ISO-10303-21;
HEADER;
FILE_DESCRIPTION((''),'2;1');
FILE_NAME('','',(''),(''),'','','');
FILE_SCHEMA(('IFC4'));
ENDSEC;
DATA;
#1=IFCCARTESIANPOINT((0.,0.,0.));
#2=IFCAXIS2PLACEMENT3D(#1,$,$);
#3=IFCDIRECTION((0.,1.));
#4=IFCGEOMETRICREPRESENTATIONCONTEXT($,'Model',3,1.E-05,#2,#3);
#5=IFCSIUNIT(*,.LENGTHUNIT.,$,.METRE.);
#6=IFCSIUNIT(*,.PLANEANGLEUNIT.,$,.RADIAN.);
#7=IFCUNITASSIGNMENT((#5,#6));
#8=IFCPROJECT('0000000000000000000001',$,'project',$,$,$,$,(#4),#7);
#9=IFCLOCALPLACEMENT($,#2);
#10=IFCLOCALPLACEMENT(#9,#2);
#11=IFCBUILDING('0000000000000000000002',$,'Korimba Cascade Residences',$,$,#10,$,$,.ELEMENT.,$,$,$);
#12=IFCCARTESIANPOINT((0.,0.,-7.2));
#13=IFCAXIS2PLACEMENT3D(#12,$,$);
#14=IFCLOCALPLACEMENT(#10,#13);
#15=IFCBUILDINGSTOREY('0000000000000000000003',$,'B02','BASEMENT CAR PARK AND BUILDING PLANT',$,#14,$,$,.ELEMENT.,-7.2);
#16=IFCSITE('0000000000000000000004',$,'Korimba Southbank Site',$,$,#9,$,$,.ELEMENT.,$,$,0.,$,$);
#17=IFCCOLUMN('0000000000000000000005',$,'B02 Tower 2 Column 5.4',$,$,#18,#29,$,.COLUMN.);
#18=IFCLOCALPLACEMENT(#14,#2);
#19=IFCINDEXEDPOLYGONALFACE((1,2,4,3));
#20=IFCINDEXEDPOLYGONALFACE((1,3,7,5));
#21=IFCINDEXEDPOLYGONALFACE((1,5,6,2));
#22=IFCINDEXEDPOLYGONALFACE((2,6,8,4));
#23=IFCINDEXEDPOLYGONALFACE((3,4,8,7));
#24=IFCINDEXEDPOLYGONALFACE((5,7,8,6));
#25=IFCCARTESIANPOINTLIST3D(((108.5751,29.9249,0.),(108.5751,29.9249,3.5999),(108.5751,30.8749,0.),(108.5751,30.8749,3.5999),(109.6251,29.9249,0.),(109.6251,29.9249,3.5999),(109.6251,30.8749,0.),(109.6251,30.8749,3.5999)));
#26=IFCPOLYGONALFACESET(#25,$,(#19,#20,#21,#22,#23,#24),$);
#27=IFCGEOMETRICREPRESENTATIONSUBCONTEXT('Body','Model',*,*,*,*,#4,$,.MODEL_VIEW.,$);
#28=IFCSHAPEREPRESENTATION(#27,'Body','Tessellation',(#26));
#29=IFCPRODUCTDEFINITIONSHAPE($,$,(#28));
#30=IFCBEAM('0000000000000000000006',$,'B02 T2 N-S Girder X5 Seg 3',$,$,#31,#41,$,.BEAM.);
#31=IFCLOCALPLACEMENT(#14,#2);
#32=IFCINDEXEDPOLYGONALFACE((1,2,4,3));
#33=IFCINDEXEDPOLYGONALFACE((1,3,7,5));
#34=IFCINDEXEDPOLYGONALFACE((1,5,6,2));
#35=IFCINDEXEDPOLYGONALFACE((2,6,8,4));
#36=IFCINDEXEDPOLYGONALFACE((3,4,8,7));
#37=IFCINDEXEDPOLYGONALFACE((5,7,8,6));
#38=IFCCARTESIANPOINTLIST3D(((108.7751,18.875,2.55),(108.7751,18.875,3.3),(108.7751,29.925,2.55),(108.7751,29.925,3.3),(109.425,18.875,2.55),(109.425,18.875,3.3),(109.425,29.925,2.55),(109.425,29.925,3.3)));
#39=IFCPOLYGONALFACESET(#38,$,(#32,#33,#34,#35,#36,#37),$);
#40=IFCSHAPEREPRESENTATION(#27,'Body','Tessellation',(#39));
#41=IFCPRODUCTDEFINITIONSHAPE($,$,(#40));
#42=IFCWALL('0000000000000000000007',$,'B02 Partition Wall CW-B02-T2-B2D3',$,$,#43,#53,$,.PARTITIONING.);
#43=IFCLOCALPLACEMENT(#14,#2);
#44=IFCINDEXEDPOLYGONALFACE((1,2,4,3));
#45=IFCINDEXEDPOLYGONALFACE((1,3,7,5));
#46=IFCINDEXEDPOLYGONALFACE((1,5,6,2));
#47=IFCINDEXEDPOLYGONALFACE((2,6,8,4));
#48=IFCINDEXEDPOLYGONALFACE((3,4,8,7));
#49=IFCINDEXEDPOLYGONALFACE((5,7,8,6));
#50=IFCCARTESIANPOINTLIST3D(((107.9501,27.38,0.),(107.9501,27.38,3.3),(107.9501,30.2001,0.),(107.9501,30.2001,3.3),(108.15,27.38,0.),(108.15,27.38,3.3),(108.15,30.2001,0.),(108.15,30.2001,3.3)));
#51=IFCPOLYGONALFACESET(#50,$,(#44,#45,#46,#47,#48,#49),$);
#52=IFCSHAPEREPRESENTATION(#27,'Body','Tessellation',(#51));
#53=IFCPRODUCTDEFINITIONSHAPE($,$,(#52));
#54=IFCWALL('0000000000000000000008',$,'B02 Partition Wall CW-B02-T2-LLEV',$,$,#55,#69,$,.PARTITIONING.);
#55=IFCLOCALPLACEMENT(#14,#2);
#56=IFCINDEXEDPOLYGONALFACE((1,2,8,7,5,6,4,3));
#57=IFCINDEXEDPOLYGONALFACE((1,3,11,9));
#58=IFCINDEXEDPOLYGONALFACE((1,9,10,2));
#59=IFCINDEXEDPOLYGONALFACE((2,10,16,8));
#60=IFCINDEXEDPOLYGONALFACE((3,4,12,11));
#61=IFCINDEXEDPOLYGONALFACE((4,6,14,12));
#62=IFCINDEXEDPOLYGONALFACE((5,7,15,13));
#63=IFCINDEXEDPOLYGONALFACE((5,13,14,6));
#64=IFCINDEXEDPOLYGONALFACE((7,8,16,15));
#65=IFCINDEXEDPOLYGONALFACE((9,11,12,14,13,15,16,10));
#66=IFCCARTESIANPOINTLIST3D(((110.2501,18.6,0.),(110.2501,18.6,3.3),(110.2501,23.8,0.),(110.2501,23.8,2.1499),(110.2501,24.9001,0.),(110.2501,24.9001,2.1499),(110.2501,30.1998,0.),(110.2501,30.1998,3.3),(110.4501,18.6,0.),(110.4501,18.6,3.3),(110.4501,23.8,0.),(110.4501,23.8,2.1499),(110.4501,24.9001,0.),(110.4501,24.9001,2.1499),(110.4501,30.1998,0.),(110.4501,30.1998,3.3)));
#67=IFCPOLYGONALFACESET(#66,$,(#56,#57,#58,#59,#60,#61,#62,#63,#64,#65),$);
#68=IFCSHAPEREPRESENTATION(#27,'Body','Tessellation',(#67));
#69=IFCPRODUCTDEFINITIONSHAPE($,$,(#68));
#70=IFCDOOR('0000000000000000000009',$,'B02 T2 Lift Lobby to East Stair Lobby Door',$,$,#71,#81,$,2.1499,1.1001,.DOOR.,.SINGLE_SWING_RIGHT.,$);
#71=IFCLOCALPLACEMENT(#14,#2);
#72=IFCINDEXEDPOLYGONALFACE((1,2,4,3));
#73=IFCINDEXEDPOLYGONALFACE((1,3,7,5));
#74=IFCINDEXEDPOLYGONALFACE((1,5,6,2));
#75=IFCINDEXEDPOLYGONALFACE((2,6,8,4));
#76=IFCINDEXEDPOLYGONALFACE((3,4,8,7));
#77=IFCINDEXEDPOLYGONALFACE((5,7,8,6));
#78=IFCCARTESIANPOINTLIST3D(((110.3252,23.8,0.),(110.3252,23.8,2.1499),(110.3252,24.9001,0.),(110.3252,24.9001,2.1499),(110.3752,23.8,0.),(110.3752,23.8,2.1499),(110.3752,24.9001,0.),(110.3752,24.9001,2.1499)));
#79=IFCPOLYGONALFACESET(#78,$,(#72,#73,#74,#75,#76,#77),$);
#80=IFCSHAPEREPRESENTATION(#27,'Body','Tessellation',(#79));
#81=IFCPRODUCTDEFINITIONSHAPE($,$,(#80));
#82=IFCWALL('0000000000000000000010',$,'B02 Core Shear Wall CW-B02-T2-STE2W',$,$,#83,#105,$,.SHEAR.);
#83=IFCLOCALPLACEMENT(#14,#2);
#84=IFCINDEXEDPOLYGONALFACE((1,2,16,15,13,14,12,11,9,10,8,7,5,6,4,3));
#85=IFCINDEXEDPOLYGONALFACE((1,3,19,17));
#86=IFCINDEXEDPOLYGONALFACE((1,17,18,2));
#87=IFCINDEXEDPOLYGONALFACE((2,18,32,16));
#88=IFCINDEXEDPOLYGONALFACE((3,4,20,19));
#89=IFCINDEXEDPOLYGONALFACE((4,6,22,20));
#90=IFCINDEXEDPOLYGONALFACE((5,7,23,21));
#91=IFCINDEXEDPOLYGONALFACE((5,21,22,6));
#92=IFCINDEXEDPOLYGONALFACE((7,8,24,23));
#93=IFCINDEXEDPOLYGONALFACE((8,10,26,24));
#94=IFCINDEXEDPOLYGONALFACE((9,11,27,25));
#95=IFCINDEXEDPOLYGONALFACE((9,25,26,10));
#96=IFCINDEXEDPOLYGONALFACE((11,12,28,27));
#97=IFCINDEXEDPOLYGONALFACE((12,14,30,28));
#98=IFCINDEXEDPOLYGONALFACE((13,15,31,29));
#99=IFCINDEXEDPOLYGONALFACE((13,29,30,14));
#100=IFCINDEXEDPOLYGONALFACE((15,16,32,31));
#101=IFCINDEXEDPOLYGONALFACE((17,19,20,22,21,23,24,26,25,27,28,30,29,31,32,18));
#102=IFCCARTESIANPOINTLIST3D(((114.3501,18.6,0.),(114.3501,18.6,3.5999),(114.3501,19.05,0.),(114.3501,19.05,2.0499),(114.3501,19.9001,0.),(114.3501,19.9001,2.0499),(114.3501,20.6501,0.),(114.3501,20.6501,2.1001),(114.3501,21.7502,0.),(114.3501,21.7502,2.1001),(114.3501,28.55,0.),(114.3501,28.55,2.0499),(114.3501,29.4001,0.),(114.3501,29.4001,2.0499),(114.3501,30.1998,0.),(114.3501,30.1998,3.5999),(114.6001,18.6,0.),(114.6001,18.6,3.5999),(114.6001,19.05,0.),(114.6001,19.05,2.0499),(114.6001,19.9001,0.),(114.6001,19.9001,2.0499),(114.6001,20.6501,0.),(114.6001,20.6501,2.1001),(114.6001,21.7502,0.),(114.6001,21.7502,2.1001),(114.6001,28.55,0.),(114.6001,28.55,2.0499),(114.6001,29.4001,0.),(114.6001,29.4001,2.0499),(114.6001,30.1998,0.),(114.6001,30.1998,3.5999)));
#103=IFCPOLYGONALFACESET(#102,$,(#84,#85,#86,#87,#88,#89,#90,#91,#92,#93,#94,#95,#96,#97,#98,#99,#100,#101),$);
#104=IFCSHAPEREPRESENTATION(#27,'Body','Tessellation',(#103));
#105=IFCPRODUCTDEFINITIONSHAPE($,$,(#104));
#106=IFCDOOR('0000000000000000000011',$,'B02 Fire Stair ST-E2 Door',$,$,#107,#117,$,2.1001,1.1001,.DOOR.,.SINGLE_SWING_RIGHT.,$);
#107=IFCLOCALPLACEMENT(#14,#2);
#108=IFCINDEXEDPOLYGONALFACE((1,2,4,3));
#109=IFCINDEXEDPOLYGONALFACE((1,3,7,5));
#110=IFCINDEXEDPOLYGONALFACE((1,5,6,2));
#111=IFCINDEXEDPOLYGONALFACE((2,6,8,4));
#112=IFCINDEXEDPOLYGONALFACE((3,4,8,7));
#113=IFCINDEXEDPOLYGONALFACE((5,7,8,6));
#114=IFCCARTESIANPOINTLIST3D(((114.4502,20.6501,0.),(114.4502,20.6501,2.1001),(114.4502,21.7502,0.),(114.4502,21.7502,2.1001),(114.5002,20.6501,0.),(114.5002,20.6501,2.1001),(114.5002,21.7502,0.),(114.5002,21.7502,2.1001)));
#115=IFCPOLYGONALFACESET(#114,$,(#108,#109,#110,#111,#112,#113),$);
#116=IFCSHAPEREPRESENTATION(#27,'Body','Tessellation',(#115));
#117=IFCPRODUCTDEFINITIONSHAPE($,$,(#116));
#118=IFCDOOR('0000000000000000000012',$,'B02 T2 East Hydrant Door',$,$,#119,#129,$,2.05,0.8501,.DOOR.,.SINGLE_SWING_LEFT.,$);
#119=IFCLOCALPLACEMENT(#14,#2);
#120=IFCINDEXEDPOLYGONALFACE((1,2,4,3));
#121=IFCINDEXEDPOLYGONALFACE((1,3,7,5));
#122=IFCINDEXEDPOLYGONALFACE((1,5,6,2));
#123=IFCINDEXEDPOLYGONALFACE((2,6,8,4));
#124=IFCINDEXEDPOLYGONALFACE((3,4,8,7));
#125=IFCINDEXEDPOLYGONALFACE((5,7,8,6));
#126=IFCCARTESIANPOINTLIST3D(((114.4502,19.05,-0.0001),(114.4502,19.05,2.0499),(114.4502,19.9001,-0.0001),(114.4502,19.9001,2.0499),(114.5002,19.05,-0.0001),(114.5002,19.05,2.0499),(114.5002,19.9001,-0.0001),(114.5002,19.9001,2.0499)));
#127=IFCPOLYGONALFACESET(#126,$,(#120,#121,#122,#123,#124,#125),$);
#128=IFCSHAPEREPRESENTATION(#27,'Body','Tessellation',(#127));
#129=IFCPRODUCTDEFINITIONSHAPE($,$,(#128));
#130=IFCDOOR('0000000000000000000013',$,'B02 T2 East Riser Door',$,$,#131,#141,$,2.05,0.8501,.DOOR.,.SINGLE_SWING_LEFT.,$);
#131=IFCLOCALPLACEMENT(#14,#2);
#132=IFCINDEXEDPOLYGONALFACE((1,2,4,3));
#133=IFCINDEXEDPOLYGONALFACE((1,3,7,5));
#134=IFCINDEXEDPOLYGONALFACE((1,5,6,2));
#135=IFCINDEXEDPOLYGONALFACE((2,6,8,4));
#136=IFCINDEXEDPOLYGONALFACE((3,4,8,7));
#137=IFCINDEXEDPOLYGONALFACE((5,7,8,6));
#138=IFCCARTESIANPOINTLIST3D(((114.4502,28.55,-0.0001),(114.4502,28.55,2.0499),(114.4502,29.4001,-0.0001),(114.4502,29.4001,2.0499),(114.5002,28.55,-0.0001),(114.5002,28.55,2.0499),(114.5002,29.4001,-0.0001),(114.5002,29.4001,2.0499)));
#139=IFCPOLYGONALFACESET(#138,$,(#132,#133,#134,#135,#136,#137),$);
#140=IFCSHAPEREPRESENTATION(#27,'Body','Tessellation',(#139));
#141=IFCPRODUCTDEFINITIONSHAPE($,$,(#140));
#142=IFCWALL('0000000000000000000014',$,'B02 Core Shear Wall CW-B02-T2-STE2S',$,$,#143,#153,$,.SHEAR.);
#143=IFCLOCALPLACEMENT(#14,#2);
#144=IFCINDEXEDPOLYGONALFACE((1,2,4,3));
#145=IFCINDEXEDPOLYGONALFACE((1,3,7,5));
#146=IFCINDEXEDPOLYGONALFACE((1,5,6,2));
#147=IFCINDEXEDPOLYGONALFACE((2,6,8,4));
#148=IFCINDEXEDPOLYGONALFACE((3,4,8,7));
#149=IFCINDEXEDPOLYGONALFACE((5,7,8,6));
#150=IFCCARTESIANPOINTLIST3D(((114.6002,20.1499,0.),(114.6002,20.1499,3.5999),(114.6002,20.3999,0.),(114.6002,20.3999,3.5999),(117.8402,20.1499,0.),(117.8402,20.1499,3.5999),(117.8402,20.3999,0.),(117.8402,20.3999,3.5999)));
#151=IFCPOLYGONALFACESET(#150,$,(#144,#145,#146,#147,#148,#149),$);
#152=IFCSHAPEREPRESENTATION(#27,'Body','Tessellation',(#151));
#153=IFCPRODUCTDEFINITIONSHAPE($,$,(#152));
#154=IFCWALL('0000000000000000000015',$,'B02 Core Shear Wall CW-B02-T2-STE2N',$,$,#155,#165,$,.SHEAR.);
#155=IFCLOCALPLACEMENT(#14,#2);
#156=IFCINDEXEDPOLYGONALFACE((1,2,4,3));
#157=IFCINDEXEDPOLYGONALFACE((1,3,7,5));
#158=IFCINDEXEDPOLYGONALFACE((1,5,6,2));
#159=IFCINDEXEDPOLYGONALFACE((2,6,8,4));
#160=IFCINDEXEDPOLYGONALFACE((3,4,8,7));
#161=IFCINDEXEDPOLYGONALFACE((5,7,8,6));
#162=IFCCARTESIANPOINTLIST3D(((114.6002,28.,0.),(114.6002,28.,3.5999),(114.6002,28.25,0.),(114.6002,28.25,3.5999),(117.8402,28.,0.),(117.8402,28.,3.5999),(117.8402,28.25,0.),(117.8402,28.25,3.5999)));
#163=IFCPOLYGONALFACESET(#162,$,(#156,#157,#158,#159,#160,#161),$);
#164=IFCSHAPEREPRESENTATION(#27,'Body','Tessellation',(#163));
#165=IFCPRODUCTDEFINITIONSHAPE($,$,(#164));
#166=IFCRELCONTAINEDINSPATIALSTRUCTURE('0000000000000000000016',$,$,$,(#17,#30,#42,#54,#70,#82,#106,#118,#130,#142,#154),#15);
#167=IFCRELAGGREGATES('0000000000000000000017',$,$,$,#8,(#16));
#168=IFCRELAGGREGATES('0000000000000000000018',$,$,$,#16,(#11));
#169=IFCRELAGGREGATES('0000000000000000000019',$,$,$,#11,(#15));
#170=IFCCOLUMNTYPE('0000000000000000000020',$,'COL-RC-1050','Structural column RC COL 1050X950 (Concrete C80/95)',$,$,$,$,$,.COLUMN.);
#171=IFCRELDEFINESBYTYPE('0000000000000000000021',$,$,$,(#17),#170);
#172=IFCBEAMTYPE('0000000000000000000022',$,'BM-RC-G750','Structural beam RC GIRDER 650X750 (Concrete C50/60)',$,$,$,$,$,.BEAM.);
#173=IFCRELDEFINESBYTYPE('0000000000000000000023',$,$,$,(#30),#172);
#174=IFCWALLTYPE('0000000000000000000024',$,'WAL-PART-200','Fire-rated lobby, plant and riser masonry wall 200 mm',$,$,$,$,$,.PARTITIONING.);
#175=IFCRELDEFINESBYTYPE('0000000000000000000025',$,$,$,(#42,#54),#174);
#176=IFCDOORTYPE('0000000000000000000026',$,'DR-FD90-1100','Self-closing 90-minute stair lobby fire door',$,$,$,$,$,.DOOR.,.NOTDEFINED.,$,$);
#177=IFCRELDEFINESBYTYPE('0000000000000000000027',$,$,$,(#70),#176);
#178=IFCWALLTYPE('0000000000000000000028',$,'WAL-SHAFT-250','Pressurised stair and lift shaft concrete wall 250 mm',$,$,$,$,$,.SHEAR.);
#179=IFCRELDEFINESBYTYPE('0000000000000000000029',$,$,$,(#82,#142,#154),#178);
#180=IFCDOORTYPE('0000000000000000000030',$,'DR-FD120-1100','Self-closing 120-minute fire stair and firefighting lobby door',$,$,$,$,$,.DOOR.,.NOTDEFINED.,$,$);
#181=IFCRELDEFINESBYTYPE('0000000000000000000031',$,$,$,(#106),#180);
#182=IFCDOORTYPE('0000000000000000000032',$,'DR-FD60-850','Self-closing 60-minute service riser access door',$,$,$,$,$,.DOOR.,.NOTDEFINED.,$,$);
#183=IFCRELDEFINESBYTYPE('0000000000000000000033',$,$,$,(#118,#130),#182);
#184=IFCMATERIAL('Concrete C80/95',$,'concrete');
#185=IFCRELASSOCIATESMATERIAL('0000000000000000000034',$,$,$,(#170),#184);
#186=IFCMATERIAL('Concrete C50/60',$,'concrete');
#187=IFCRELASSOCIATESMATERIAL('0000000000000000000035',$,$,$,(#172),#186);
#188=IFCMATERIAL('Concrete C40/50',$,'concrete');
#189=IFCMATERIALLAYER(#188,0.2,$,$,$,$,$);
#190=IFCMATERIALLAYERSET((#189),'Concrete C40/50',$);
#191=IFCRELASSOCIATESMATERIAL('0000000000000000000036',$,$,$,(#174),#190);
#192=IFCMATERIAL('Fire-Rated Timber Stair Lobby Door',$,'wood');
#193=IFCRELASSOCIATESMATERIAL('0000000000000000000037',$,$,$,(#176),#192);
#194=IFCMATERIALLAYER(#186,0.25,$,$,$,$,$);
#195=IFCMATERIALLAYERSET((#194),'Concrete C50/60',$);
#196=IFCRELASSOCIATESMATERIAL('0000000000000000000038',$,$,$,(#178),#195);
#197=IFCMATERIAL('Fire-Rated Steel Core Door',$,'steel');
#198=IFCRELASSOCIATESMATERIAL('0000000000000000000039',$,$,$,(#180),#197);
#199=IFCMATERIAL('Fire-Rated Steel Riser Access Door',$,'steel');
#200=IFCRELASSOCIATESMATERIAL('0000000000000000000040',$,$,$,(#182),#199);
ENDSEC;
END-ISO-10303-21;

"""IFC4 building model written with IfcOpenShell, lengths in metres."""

from ifc_helpers import new_model, si_unit, direction, frame, frame_2d, origin, origin_2d, place, context, subcontext, project, spatial, rectangle, extrude, material, layer, layer_set, material_profile, profile_set, type_object, element, fill, save


model = new_model("IFC4")

# Units and contexts
model_context = context("Model", 3, precision=1e-05, world=origin(), true_north=direction((0.0, 1.0)))
body_context = subcontext(model_context, "Body", "Model", "MODEL_VIEW")
ifc_project = project(units=[si_unit("LENGTHUNIT", "METRE"), si_unit("PLANEANGLEUNIT", "RADIAN")], contexts=[model_context])

# Site, building, storey
site_placement = place(None, origin())
site = spatial("IfcSite", under=ifc_project, at=site_placement, Name="Korimba Southbank Site", CompositionType="ELEMENT", RefElevation=0.0)
building_placement = place(site_placement, origin())
building = spatial("IfcBuilding", under=site, at=building_placement, Name="Korimba Cascade Residences", CompositionType="ELEMENT")
storey_placement = place(building_placement, frame((0.0, 0.0, -7.2)))
storey = spatial("IfcBuildingStorey", under=building, at=storey_placement, Name="B02", Description="BASEMENT CAR PARK AND BUILDING PLANT", CompositionType="ELEMENT", Elevation=-7.2)

# Column
ifc_material_1 = material(Name="Concrete C80/95", Category="concrete")
ifc_material_profile_1 = material_profile(ifc_material_1, rectangle(XDim=1.05, YDim=0.95, at=origin_2d()), Name="Concrete C80/95")
ifc_profile_set_1 = profile_set([ifc_material_profile_1], Name="Concrete C80/95")
column_type = type_object("IfcColumnType", Name="COL-RC-1050", Description="Structural column RC COL 1050X950 (Concrete C80/95)", PredefinedType="COLUMN", material=ifc_profile_set_1)
column_placement = place(storey_placement, frame((109.1001, 30.3999, 0.0), z_axis=(0.0, 0.0, 1.0), x_axis=(1.0, 0.0, 0.0)))
element("IfcColumn", 1, at=column_placement, inside=storey, type_object=column_type, Name="B02 Tower 2 Column 5.4", PredefinedType="COLUMN", context=body_context, shape_type="SweptSolid", body=[
    extrude(rectangle(XDim=1.05, YDim=0.95, at=origin_2d()), origin(), (0.0, 0.0, 1.0), 3.5999),
])

# Beam
ifc_material_2 = material(Name="Concrete C50/60", Category="concrete")
ifc_material_profile_2 = material_profile(ifc_material_2, rectangle(XDim=0.6499, YDim=0.75, at=origin_2d()), Name="Concrete C50/60")
ifc_profile_set_2 = profile_set([ifc_material_profile_2], Name="Concrete C50/60")
beam_type = type_object("IfcBeamType", Name="BM-RC-G750", Description="Structural beam RC GIRDER 650X750 (Concrete C50/60)", PredefinedType="BEAM", material=ifc_profile_set_2)
beam_placement = place(storey_placement, frame((109.1001, 18.875, 2.925), z_axis=(0.0, 1.0, 0.0), x_axis=(-1.0, 0.0, 0.0)))
element("IfcBeam", 2, at=beam_placement, inside=storey, type_object=beam_type, Name="B02 T2 N-S Girder X5 Seg 3", PredefinedType="BEAM", context=body_context, shape_type="SweptSolid", body=[
    extrude(rectangle(XDim=0.6499, YDim=0.75, at=origin_2d()), origin(), (0.0, 0.0, 1.0), 11.05),
])

# Wall
ifc_material_3 = material(Name="Concrete C40/50", Category="concrete")
ifc_layer_1 = layer(ifc_material_3, 0.2)
ifc_layer_set_1 = layer_set([ifc_layer_1], Name="Concrete C40/50")
wall_type_1 = type_object("IfcWallType", Name="WAL-PART-200", Description="Fire-rated lobby, plant and riser masonry wall 200 mm", PredefinedType="PARTITIONING", material=ifc_layer_set_1)
wall_1_placement = place(storey_placement, frame((108.05, 27.3799, 0.0), z_axis=(0.0, 0.0, 1.0), x_axis=(0.0, 1.0, 0.0)))
element("IfcWall", 3, at=wall_1_placement, inside=storey, type_object=wall_type_1, Name="B02 Partition Wall CW-B02-T2-B2D3", PredefinedType="PARTITIONING", context=body_context, shape_type="SweptSolid", body=[
    extrude(rectangle(XDim=2.8201, YDim=0.2, at=frame_2d((1.4102, 0.0))), origin(), (0.0, 0.0, 1.0), 3.3),
])

# Wall, opening, door
wall_2_placement = place(storey_placement, frame((110.3501, 18.6001, 0.0), z_axis=(0.0, 0.0, 1.0), x_axis=(0.0, 1.0, 0.0)))
wall_2 = element("IfcWall", 4, at=wall_2_placement, inside=storey, type_object=wall_type_1, Name="B02 Partition Wall CW-B02-T2-LLEV", PredefinedType="PARTITIONING", context=body_context, shape_type="SweptSolid", body=[
    extrude(rectangle(XDim=11.5999, YDim=0.2, at=frame_2d((5.7998, 0.0))), origin(), (0.0, 0.0, 1.0), 3.3),
])
opening_1_placement = place(wall_2_placement, frame((5.2, 0.0, 0.0)))
opening_1 = element("IfcOpeningElement", 5, at=opening_1_placement, cuts=wall_2, PredefinedType="OPENING", context=body_context, shape_type="SweptSolid", body=[
    extrude(rectangle(XDim=1.1001, YDim=2.1499, at=frame_2d((0.55, 1.075))), frame((0.0, 0.1099, 0.0), z_axis=(0.0, -1.0, 0.0), x_axis=(1.0, 0.0, 0.0)), (0.0, 0.0, 1.0), 0.22),
])
ifc_material_4 = material(Name="Fire-Rated Timber Stair Lobby Door", Category="wood")
door_type_1 = type_object("IfcDoorType", Name="DR-FD90-1100", Description="Self-closing 90-minute stair lobby fire door", OperationType="NOTDEFINED", PredefinedType="DOOR", material=ifc_material_4)
door_1_placement = place(opening_1_placement, origin())
door_1 = element("IfcDoor", 6, at=door_1_placement, inside=storey, type_object=door_type_1, Name="B02 T2 Lift Lobby to East Stair Lobby Door", OperationType="SINGLE_SWING_RIGHT", OverallHeight=2.1499, OverallWidth=1.1001, PredefinedType="DOOR", context=body_context, shape_type="SweptSolid", body=[
    extrude(rectangle(XDim=1.1001, YDim=2.1499, at=frame_2d((0.55, 1.075))), frame((0.0, 0.0249, 0.0), z_axis=(0.0, -1.0, 0.0), x_axis=(1.0, 0.0, 0.0)), (0.0, 0.0, 1.0), 0.05),
])
fill(opening_1, door_1)

# Wall, openings, doors
ifc_layer_2 = layer(ifc_material_2, 0.25)
ifc_layer_set_2 = layer_set([ifc_layer_2], Name="Concrete C50/60")
wall_type_2 = type_object("IfcWallType", Name="WAL-SHAFT-250", Description="Pressurised stair and lift shaft concrete wall 250 mm", PredefinedType="SHEAR", material=ifc_layer_set_2)
wall_3_placement = place(storey_placement, frame((114.4751, 18.6001, 0.0), z_axis=(0.0, 0.0, 1.0), x_axis=(0.0, 1.0, 0.0)))
wall_3 = element("IfcWall", 7, at=wall_3_placement, inside=storey, type_object=wall_type_2, Name="B02 Core Shear Wall CW-B02-T2-STE2W", PredefinedType="SHEAR", context=body_context, shape_type="SweptSolid", body=[
    extrude(rectangle(XDim=11.5999, YDim=0.25, at=frame_2d((5.7998, 0.0))), origin(), (0.0, 0.0, 1.0), 3.5999),
])
opening_2_placement = place(wall_3_placement, frame((0.45, 0.0, 0.0)))
opening_2 = element("IfcOpeningElement", 8, at=opening_2_placement, cuts=wall_3, PredefinedType="OPENING", context=body_context, shape_type="SweptSolid", body=[
    extrude(rectangle(XDim=0.8501, YDim=2.05, at=frame_2d((0.425, 1.0249))), frame((0.0, 0.135, 0.0), z_axis=(0.0, -1.0, 0.0), x_axis=(1.0, 0.0, 0.0)), (0.0, 0.0, 1.0), 0.27),
])
opening_3_placement = place(wall_3_placement, frame((2.05, 0.0, 0.0)))
opening_3 = element("IfcOpeningElement", 9, at=opening_3_placement, cuts=wall_3, PredefinedType="OPENING", context=body_context, shape_type="SweptSolid", body=[
    extrude(rectangle(XDim=1.1001, YDim=2.1001, at=frame_2d((0.55, 1.05))), frame((0.0, 0.135, 0.0), z_axis=(0.0, -1.0, 0.0), x_axis=(1.0, 0.0, 0.0)), (0.0, 0.0, 1.0), 0.27),
])
opening_4_placement = place(wall_3_placement, frame((9.95, 0.0, 0.0)))
opening_4 = element("IfcOpeningElement", 10, at=opening_4_placement, cuts=wall_3, PredefinedType="OPENING", context=body_context, shape_type="SweptSolid", body=[
    extrude(rectangle(XDim=0.8501, YDim=2.05, at=frame_2d((0.425, 1.0249))), frame((0.0, 0.135, 0.0), z_axis=(0.0, -1.0, 0.0), x_axis=(1.0, 0.0, 0.0)), (0.0, 0.0, 1.0), 0.27),
])
ifc_material_5 = material(Name="Fire-Rated Steel Core Door", Category="steel")
door_type_2 = type_object("IfcDoorType", Name="DR-FD120-1100", Description="Self-closing 120-minute fire stair and firefighting lobby door", OperationType="NOTDEFINED", PredefinedType="DOOR", material=ifc_material_5)
door_2_placement = place(opening_3_placement, origin())
door_2 = element("IfcDoor", 11, at=door_2_placement, inside=storey, type_object=door_type_2, Name="B02 Fire Stair ST-E2 Door", OperationType="SINGLE_SWING_RIGHT", OverallHeight=2.1001, OverallWidth=1.1001, PredefinedType="DOOR", context=body_context, shape_type="SweptSolid", body=[
    extrude(rectangle(XDim=1.1001, YDim=2.1001, at=frame_2d((0.55, 1.05))), frame((0.0, 0.0249, 0.0), z_axis=(0.0, -1.0, 0.0), x_axis=(1.0, 0.0, 0.0)), (0.0, 0.0, 1.0), 0.05),
])
fill(opening_3, door_2)
ifc_material_6 = material(Name="Fire-Rated Steel Riser Access Door", Category="steel")
door_type_3 = type_object("IfcDoorType", Name="DR-FD60-850", Description="Self-closing 60-minute service riser access door", OperationType="NOTDEFINED", PredefinedType="DOOR", material=ifc_material_6)
door_3_placement = place(opening_2_placement, origin())
door_3 = element("IfcDoor", 12, at=door_3_placement, inside=storey, type_object=door_type_3, Name="B02 T2 East Hydrant Door", OperationType="SINGLE_SWING_LEFT", OverallHeight=2.05, OverallWidth=0.8501, PredefinedType="DOOR", context=body_context, shape_type="SweptSolid", body=[
    extrude(rectangle(XDim=0.8501, YDim=2.05, at=frame_2d((0.425, 1.0249))), frame((0.0, 0.0249, 0.0), z_axis=(0.0, -1.0, 0.0), x_axis=(1.0, 0.0, 0.0)), (0.0, 0.0, 1.0), 0.05),
])
fill(opening_2, door_3)
door_4_placement = place(opening_4_placement, origin())
door_4 = element("IfcDoor", 13, at=door_4_placement, inside=storey, type_object=door_type_3, Name="B02 T2 East Riser Door", OperationType="SINGLE_SWING_LEFT", OverallHeight=2.05, OverallWidth=0.8501, PredefinedType="DOOR", context=body_context, shape_type="SweptSolid", body=[
    extrude(rectangle(XDim=0.8501, YDim=2.05, at=frame_2d((0.425, 1.0249))), frame((0.0, 0.0249, 0.0), z_axis=(0.0, -1.0, 0.0), x_axis=(1.0, 0.0, 0.0)), (0.0, 0.0, 1.0), 0.05),
])
fill(opening_4, door_4)

# Walls
for number, where, z_axis, x_axis, name in (
    (14, (114.6001, 20.2749, 0.0), (0.0, 0.0, 1.0), (1.0, 0.0, 0.0), "B02 Core Shear Wall CW-B02-T2-STE2S"),
    (15, (114.6001, 28.125, 0.0), (0.0, 0.0, 1.0), (1.0, 0.0, 0.0), "B02 Core Shear Wall CW-B02-T2-STE2N"),
):
    element("IfcWall", number, at=place(storey_placement, frame(where, z_axis=z_axis, x_axis=x_axis)), inside=storey, type_object=wall_type_2, Name=name, PredefinedType="SHEAR", context=body_context, shape_type="SweptSolid", body=[
        extrude(rectangle(XDim=3.24, YDim=0.25, at=frame_2d((1.6201, 0.0))), origin(), (0.0, 0.0, 1.0), 3.5999),
    ])

save(model, "model.ifc")
